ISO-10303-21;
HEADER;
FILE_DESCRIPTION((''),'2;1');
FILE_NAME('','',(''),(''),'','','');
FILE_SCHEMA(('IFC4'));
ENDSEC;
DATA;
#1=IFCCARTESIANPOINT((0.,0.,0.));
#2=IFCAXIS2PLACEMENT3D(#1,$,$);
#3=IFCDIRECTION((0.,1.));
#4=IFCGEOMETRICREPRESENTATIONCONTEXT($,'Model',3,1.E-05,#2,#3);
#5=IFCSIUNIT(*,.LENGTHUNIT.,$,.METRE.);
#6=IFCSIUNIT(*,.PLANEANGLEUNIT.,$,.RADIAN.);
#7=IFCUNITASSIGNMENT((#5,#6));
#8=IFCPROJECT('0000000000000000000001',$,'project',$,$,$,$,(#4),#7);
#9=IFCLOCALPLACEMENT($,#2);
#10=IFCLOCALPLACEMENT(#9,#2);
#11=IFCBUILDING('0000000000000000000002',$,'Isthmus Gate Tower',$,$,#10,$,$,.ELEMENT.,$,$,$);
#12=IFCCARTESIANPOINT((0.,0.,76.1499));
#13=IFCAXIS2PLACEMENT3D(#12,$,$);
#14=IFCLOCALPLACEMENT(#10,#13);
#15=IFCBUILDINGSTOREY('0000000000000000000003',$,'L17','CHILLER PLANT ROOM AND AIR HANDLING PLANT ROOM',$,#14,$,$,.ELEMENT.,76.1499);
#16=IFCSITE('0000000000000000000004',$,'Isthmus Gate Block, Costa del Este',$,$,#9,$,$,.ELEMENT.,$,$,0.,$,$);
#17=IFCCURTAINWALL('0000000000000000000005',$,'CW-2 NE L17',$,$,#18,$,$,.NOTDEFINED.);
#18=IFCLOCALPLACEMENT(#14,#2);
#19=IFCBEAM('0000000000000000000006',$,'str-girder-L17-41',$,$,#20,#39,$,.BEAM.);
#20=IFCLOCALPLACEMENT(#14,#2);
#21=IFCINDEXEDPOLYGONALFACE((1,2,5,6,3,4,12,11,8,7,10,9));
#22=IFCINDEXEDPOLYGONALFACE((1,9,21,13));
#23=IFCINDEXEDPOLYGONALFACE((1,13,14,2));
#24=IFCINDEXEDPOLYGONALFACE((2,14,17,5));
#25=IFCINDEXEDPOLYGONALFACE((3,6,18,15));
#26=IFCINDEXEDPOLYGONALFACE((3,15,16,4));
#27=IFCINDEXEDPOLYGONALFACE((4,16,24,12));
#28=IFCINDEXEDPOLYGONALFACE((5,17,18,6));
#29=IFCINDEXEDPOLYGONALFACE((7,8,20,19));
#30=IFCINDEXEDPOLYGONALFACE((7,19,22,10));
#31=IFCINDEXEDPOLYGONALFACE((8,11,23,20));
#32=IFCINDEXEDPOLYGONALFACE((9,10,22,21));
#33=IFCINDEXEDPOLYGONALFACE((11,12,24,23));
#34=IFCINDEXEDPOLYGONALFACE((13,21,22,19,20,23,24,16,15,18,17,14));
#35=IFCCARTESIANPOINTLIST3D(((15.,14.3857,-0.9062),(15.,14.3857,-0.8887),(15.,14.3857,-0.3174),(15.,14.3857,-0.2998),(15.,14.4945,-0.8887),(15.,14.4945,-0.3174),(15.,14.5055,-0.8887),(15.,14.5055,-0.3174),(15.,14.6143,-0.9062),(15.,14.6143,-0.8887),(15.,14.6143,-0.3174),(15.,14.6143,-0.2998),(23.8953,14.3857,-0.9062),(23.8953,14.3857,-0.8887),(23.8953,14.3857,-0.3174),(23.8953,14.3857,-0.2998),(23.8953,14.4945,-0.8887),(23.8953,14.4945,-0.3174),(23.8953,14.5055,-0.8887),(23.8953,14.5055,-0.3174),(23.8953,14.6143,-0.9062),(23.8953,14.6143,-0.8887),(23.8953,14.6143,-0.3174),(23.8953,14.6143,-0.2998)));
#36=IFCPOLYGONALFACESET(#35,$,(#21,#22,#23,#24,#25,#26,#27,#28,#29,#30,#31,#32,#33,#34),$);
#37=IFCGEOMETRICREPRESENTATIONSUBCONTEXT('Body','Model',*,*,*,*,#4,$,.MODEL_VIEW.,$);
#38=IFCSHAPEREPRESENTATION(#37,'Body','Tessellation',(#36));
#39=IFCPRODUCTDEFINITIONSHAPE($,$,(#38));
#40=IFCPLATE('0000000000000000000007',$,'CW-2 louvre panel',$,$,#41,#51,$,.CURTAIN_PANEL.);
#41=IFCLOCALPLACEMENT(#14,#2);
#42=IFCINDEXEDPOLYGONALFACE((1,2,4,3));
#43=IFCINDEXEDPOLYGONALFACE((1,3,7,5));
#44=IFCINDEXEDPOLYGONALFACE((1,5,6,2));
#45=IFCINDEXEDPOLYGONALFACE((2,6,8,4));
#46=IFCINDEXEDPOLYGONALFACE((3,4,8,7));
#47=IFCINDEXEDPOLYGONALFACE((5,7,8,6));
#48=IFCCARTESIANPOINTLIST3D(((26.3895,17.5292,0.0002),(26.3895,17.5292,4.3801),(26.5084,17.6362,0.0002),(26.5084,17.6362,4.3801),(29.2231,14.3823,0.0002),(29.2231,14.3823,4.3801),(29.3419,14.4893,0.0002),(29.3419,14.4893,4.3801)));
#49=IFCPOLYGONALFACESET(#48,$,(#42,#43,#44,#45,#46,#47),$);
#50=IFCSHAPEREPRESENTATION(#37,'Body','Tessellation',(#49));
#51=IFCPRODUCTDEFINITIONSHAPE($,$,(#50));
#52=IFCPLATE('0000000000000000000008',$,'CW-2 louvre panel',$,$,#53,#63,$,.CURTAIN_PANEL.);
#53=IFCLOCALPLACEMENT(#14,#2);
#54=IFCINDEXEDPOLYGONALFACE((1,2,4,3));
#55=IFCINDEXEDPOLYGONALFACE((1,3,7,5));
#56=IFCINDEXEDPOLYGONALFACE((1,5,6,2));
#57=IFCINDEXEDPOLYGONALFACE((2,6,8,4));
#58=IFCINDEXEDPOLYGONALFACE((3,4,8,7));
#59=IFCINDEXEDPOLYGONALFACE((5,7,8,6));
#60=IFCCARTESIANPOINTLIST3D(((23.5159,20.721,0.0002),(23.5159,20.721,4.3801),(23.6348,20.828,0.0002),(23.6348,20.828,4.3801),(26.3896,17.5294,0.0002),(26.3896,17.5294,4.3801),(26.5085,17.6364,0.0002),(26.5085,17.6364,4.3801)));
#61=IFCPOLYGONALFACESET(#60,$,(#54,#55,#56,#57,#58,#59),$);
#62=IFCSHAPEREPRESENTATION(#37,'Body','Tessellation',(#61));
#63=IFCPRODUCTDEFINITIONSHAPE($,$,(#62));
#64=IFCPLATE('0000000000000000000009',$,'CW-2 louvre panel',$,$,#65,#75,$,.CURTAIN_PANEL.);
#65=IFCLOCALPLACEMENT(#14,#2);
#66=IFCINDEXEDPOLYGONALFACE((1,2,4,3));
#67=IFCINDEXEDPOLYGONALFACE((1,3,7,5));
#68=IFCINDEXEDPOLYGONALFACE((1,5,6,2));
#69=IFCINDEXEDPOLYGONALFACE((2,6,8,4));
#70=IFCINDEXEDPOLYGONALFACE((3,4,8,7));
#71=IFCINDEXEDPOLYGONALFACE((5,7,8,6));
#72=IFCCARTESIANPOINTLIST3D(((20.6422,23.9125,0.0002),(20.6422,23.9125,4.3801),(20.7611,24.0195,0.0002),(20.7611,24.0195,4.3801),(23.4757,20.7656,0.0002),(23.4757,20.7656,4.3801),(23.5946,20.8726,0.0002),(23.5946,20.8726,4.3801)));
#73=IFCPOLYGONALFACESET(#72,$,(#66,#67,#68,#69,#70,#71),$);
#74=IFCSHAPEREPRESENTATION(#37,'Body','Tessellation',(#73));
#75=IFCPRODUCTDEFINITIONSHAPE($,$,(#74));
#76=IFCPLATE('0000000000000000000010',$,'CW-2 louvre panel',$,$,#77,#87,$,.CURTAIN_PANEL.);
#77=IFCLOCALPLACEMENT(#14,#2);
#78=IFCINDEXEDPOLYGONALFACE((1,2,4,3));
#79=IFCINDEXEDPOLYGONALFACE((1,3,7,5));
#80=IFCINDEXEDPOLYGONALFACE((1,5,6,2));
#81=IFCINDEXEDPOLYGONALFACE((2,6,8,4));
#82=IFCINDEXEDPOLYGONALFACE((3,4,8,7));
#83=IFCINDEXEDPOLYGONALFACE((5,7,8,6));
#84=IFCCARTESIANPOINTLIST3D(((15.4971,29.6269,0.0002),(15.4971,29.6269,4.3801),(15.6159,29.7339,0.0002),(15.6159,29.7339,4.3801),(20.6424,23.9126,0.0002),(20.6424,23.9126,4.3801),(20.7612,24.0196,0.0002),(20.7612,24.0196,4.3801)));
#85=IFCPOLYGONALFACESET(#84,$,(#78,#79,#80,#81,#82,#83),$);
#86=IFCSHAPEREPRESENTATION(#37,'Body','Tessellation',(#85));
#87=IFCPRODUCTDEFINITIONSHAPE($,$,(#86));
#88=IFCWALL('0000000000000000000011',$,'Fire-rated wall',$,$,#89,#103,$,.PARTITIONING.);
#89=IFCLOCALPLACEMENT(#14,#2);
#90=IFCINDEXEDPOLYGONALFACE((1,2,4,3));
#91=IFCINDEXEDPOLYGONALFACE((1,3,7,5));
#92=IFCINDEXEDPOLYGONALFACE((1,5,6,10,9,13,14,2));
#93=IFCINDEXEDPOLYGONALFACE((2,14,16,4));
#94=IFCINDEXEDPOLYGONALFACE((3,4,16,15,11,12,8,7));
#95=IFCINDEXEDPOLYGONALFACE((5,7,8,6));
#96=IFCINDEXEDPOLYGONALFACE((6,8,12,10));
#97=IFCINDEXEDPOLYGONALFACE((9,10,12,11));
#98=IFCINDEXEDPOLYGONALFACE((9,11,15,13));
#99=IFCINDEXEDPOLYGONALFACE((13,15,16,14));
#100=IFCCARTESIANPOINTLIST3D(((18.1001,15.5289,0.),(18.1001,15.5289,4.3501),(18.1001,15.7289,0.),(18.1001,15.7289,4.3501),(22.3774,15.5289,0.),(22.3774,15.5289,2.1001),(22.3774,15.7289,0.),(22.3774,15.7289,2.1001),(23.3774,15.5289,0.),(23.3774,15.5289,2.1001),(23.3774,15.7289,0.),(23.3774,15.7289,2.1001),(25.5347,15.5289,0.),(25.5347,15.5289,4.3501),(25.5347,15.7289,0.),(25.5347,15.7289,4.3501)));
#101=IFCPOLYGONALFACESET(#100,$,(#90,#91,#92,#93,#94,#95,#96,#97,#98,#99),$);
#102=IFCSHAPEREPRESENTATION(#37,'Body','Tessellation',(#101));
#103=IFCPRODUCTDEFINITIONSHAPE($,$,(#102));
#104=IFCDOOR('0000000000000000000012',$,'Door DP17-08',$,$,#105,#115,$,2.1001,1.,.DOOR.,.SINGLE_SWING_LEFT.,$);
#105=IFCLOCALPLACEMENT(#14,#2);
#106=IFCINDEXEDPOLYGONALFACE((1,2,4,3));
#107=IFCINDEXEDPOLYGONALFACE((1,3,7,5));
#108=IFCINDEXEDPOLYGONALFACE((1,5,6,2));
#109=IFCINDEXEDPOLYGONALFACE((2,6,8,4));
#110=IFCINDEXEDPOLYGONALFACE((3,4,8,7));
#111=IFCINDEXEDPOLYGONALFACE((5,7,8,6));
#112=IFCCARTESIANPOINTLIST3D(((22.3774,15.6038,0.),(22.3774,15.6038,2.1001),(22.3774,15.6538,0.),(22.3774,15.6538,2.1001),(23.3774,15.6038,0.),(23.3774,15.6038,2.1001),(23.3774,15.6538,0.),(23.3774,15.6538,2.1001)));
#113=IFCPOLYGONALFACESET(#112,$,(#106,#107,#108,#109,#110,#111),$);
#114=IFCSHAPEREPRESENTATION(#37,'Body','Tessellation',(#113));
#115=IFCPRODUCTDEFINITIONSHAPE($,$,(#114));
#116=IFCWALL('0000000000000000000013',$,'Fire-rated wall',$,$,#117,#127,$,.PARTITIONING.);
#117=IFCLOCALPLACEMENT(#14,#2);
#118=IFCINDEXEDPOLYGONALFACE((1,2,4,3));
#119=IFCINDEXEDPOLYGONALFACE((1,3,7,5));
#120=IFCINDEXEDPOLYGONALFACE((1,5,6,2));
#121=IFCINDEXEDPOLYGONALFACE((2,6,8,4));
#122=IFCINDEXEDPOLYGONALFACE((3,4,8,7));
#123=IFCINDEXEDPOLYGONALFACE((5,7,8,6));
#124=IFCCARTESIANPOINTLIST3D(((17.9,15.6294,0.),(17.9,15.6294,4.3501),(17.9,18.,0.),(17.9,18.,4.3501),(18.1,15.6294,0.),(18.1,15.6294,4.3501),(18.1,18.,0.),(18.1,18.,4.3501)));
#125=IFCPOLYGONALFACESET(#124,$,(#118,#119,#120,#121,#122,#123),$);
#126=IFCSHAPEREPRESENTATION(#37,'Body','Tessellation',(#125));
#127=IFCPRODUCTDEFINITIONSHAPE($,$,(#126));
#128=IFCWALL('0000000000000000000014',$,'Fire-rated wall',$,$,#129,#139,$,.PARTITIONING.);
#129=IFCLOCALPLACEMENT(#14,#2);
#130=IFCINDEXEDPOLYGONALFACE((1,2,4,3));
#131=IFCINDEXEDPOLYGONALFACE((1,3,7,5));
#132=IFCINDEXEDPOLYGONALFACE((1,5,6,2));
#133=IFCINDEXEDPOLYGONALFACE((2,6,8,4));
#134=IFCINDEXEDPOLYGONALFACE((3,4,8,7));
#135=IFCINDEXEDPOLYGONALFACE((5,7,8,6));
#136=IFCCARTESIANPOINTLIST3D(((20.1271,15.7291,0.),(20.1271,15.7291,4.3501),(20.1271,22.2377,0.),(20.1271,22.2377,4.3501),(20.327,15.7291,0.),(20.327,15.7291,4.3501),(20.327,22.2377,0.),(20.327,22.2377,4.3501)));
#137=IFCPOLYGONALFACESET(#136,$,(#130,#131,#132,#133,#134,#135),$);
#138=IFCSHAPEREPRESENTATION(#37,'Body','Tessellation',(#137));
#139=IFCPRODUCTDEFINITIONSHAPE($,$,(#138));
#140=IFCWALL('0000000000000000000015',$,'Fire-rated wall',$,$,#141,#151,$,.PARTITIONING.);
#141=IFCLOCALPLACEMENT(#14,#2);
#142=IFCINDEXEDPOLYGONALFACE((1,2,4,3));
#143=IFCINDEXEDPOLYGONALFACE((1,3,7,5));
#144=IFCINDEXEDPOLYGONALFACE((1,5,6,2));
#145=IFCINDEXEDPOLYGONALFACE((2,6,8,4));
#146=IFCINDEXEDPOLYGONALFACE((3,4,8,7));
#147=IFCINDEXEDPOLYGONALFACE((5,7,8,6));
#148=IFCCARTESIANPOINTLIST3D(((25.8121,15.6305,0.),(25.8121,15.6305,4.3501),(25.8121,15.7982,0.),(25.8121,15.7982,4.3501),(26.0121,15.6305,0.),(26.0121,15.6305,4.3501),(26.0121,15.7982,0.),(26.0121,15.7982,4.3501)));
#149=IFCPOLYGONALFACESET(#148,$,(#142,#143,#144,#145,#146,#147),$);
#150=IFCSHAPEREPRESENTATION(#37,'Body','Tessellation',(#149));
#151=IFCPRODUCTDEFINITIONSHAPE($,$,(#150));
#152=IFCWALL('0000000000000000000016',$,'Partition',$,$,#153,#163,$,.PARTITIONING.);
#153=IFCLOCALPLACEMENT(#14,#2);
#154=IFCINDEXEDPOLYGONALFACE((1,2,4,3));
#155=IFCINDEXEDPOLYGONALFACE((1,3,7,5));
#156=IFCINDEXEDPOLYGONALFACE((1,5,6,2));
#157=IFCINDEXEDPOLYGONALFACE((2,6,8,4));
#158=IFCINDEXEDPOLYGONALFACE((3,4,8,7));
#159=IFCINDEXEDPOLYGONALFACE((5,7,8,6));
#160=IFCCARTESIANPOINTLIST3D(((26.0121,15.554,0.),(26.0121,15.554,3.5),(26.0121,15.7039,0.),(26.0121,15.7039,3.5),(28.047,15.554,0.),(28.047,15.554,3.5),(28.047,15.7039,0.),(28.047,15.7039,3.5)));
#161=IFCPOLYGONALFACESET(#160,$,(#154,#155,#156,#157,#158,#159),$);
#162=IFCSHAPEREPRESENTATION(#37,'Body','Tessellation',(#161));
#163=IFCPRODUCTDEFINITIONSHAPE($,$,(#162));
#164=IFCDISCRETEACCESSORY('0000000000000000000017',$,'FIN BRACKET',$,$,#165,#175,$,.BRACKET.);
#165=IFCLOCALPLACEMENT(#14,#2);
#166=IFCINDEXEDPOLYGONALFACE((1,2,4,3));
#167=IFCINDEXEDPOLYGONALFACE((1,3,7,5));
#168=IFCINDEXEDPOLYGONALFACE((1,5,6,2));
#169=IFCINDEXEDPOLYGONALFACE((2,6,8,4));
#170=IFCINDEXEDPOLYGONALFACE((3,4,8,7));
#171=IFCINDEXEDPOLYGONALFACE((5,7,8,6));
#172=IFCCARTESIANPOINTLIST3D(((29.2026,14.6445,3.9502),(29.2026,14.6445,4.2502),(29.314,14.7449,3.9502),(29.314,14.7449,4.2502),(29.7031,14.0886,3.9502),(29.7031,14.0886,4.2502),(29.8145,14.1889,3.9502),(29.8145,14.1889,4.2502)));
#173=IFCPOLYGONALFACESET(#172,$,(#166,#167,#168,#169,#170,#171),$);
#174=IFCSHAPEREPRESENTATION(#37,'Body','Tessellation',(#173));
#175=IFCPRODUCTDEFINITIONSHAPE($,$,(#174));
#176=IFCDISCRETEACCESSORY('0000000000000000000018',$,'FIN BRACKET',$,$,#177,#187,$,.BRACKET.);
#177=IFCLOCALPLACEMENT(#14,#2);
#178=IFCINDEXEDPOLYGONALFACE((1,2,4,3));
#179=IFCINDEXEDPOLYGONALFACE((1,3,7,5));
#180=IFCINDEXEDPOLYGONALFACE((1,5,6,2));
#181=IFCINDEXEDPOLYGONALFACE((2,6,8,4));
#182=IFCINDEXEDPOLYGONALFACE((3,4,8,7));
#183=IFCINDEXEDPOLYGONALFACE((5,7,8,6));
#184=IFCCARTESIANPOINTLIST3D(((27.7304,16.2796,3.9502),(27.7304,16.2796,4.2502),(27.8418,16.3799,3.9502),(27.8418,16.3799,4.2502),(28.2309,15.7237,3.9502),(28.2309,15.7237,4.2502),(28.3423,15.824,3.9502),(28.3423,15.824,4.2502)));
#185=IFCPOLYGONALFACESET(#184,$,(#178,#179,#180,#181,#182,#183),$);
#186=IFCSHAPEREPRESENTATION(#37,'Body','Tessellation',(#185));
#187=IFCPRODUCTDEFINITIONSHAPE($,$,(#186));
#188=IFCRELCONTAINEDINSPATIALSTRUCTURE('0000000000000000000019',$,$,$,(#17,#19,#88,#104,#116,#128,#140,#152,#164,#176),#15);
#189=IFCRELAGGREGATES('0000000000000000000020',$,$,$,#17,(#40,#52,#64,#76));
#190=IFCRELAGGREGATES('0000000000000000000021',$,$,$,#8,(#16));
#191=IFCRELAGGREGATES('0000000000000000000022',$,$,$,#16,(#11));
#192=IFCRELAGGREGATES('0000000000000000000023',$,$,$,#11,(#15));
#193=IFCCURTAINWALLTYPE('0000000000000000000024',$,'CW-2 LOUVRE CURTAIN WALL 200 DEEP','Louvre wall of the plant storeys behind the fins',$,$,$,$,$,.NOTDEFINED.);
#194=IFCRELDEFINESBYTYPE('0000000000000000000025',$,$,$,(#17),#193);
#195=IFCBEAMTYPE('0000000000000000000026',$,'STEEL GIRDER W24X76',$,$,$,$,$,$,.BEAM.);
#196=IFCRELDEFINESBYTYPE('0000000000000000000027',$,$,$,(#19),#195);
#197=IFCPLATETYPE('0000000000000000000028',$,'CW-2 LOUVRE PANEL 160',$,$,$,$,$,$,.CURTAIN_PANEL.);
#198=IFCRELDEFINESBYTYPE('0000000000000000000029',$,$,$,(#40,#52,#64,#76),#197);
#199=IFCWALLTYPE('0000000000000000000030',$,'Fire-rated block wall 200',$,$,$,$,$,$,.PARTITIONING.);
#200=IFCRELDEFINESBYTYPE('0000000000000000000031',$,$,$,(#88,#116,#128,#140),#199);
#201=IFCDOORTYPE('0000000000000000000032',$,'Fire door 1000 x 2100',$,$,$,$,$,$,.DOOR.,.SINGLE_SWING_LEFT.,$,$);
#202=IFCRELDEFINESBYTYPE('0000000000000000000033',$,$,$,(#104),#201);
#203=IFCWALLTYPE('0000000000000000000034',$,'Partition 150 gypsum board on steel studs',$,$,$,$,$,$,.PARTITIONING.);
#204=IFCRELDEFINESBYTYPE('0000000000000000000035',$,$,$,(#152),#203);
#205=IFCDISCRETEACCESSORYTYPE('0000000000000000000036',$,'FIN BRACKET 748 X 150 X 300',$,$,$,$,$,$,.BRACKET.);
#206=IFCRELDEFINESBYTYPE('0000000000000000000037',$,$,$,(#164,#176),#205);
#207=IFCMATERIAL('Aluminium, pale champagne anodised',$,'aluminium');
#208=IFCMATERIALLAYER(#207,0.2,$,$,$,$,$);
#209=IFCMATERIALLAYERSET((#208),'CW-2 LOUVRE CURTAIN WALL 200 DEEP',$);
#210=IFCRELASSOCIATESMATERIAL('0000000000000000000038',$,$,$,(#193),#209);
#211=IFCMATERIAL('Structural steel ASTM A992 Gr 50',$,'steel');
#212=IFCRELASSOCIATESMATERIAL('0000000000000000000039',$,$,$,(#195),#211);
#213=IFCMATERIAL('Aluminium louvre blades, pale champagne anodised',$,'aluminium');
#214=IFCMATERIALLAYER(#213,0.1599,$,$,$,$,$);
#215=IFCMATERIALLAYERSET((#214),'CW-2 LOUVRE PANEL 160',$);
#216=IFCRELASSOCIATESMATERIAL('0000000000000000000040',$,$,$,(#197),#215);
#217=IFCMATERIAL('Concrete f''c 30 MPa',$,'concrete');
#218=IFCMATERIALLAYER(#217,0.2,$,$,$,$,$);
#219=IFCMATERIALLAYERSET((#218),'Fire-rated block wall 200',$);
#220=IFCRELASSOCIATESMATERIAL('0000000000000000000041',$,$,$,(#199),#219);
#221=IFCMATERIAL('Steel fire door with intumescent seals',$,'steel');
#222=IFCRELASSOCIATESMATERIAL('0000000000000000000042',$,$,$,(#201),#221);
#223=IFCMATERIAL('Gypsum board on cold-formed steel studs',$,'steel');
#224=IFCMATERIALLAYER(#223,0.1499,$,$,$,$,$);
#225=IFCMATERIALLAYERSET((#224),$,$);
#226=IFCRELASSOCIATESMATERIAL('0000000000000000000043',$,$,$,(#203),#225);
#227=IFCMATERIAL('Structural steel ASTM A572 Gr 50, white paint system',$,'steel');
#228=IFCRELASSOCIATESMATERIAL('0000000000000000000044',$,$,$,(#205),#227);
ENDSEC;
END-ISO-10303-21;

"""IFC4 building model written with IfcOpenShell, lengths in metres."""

from ifc_helpers import new_model, si_unit, direction, frame, frame_2d, origin, origin_2d, place, context, subcontext, project, spatial, rectangle, i_section, extrude, material, layer, layer_set, material_profile, profile_set, type_object, element, fill, aggregate, save


model = new_model("IFC4")

# Units and contexts
model_context = context("Model", 3, precision=1e-05, world=origin(), true_north=direction((0.0, 1.0)))
body_context = subcontext(model_context, "Body", "Model", "MODEL_VIEW")
ifc_project = project(units=[si_unit("LENGTHUNIT", "METRE"), si_unit("PLANEANGLEUNIT", "RADIAN")], contexts=[model_context])

# Site, building, storey
site_placement = place(None, origin())
site = spatial("IfcSite", under=ifc_project, at=site_placement, Name="Isthmus Gate Block, Costa del Este", CompositionType="ELEMENT", RefElevation=0.0)
building_placement = place(site_placement, origin())
building = spatial("IfcBuilding", under=site, at=building_placement, Name="Isthmus Gate Tower", CompositionType="ELEMENT")
storey_placement = place(building_placement, frame((0.0, 0.0, 76.1499)))
storey = spatial("IfcBuildingStorey", under=building, at=storey_placement, Name="L17", Description="CHILLER PLANT ROOM AND AIR HANDLING PLANT ROOM", CompositionType="ELEMENT", Elevation=76.1499)

# Curtain wall
ifc_material_1 = material(Name="Aluminium, pale champagne anodised", Category="aluminium")
ifc_layer_1 = layer(ifc_material_1, 0.2)
ifc_layer_set_1 = layer_set([ifc_layer_1], Name="CW-2 LOUVRE CURTAIN WALL 200 DEEP")
curtain_wall_type = type_object("IfcCurtainWallType", Name="CW-2 LOUVRE CURTAIN WALL 200 DEEP", Description="Louvre wall of the plant storeys behind the fins", PredefinedType="NOTDEFINED", material=ifc_layer_set_1)
curtain_wall_1_placement = place(storey_placement, origin())
curtain_wall_1 = element("IfcCurtainWall", 1, at=curtain_wall_1_placement, inside=storey, type_object=curtain_wall_type, Name="CW-2 NE L17", PredefinedType="NOTDEFINED")

# Beam
ifc_material_2 = material(Name="Structural steel ASTM A992 Gr 50", Category="steel")
ifc_material_profile_1 = material_profile(ifc_material_2, i_section(OverallWidth=0.2285, OverallDepth=0.6064, WebThickness=0.011, FlangeThickness=0.0176, at=origin_2d()), Name="W24X76")
ifc_profile_set_1 = profile_set([ifc_material_profile_1], Name="Structural steel ASTM A992 Gr 50")
beam_type_1 = type_object("IfcBeamType", Name="STEEL GIRDER W24X76", PredefinedType="BEAM", material=ifc_profile_set_1)
beam_1_placement = place(storey_placement, frame((15.0, 14.5, -0.603), z_axis=(1.0, 0.0, 0.0), x_axis=(0.0, 1.0, 0.0)))
element("IfcBeam", 2, at=beam_1_placement, inside=storey, type_object=beam_type_1, Name="str-girder-L17-41", PredefinedType="BEAM", context=body_context, shape_type="SweptSolid", body=[
    extrude(i_section(OverallWidth=0.2285, OverallDepth=0.6064, WebThickness=0.011, FlangeThickness=0.0176, at=origin_2d()), origin(), (0.0, 0.0, 1.0), 8.8953),
])

# Plates
ifc_material_3 = material(Name="Aluminium louvre blades, pale champagne anodised", Category="aluminium")
ifc_layer_2 = layer(ifc_material_3, 0.1599)
ifc_layer_set_2 = layer_set([ifc_layer_2], Name="CW-2 LOUVRE PANEL 160")
plate_type = type_object("IfcPlateType", Name="CW-2 LOUVRE PANEL 160", PredefinedType="CURTAIN_PANEL", material=ifc_layer_set_2)
plate_1_placement = place(storey_placement, frame((27.8657, 16.0093, 0.0002), z_axis=(0.0, 0.0, 1.0), x_axis=(-0.669131, 0.743145, 0.0)))
plate_1 = element("IfcPlate", 3, at=plate_1_placement, type_object=plate_type, Name="CW-2 louvre panel", PredefinedType="CURTAIN_PANEL", context=body_context, shape_type="SweptSolid", body=[
    extrude(rectangle(XDim=4.2346, YDim=0.1599, at=origin_2d()), origin(), (0.0, 0.0, 1.0), 4.3799),
])
plate_2_placement = place(storey_placement, frame((25.0122, 19.1787, 0.0002), z_axis=(0.0, 0.0, 1.0), x_axis=(-0.669131, 0.743145, 0.0)))
plate_2 = element("IfcPlate", 4, at=plate_2_placement, type_object=plate_type, Name="CW-2 louvre panel", PredefinedType="CURTAIN_PANEL", context=body_context, shape_type="SweptSolid", body=[
    extrude(rectangle(XDim=4.2947, YDim=0.1599, at=origin_2d()), origin(), (0.0, 0.0, 1.0), 4.3799),
])
plate_3_placement = place(storey_placement, frame((22.1184, 22.3926, 0.0002), z_axis=(0.0, 0.0, 1.0), x_axis=(-0.669131, 0.743145, 0.0)))
plate_3 = element("IfcPlate", 5, at=plate_3_placement, type_object=plate_type, Name="CW-2 louvre panel", PredefinedType="CURTAIN_PANEL", context=body_context, shape_type="SweptSolid", body=[
    extrude(rectangle(XDim=4.2346, YDim=0.1599, at=origin_2d()), origin(), (0.0, 0.0, 1.0), 4.3799),
])
plate_4_placement = place(storey_placement, frame((18.1292, 26.8232, 0.0002), z_axis=(0.0, 0.0, 1.0), x_axis=(-0.669131, 0.743145, 0.0)))
plate_4 = element("IfcPlate", 6, at=plate_4_placement, type_object=plate_type, Name="CW-2 louvre panel", PredefinedType="CURTAIN_PANEL", context=body_context, shape_type="SweptSolid", body=[
    extrude(rectangle(XDim=7.6895, YDim=0.1599, at=origin_2d()), origin(), (0.0, 0.0, 1.0), 4.3799),
])
aggregate(curtain_wall_1, [plate_1, plate_2, plate_3, plate_4])

# Wall, opening, door
ifc_material_4 = material(Name="Concrete f'c 30 MPa", Category="concrete")
ifc_layer_3 = layer(ifc_material_4, 0.2)
ifc_layer_set_3 = layer_set([ifc_layer_3], Name="Fire-rated block wall 200")
wall_type_1 = type_object("IfcWallType", Name="Fire-rated block wall 200", PredefinedType="PARTITIONING", material=ifc_layer_set_3)
wall_1_placement = place(storey_placement, frame((18.1001, 15.6289, 0.0), z_axis=(0.0, 0.0, 1.0), x_axis=(1.0, 0.0, 0.0)))
wall_1 = element("IfcWall", 7, at=wall_1_placement, inside=storey, type_object=wall_type_1, Name="Fire-rated wall", PredefinedType="PARTITIONING", context=body_context, shape_type="SweptSolid", body=[
    extrude(rectangle(XDim=7.4346, YDim=0.2, at=frame_2d((3.7173, 0.0))), origin(), (0.0, 0.0, 1.0), 4.3501),
])
opening_placement = place(wall_1_placement, frame((4.2773, 0.0, 0.0)))
opening = element("IfcOpeningElement", 8, at=opening_placement, cuts=wall_1, PredefinedType="OPENING", context=body_context, shape_type="SweptSolid", body=[
    extrude(rectangle(XDim=1.0, YDim=2.1001, at=frame_2d((0.5, 1.05))), frame((0.0, 0.1099, 0.0), z_axis=(0.0, -1.0, 0.0), x_axis=(1.0, 0.0, 0.0)), (0.0, 0.0, 1.0), 0.22),
])
ifc_material_5 = material(Name="Steel fire door with intumescent seals", Category="steel")
door_type = type_object("IfcDoorType", Name="Fire door 1000 x 2100", OperationType="SINGLE_SWING_LEFT", PredefinedType="DOOR", material=ifc_material_5)
door_placement = place(opening_placement, origin())
door = element("IfcDoor", 9, at=door_placement, inside=storey, type_object=door_type, Name="Door DP17-08", OperationType="SINGLE_SWING_LEFT", OverallHeight=2.1001, OverallWidth=1.0, PredefinedType="DOOR", context=body_context, shape_type="SweptSolid", body=[
    extrude(rectangle(XDim=1.0, YDim=2.1001, at=frame_2d((0.5, 1.05))), frame((0.0, 0.0249, 0.0), z_axis=(0.0, -1.0, 0.0), x_axis=(1.0, 0.0, 0.0)), (0.0, 0.0, 1.0), 0.05),
])
fill(opening, door)

# Walls
wall_2_placement = place(storey_placement, frame((18.0, 15.6294, 0.0), z_axis=(0.0, 0.0, 1.0), x_axis=(0.0, 1.0, 0.0)))
element("IfcWall", 10, at=wall_2_placement, inside=storey, type_object=wall_type_1, Name="Fire-rated wall", PredefinedType="PARTITIONING", context=body_context, shape_type="SweptSolid", body=[
    extrude(rectangle(XDim=2.3706, YDim=0.2, at=frame_2d((1.1853, 0.0))), origin(), (0.0, 0.0, 1.0), 4.3501),
])
wall_3_placement = place(storey_placement, frame((20.2271, 15.729, 0.0), z_axis=(0.0, 0.0, 1.0), x_axis=(0.0, 1.0, 0.0)))
element("IfcWall", 11, at=wall_3_placement, inside=storey, type_object=wall_type_1, Name="Fire-rated wall", PredefinedType="PARTITIONING", context=body_context, shape_type="SweptSolid", body=[
    extrude(rectangle(XDim=6.5085, YDim=0.2, at=frame_2d((3.2544, 0.0))), origin(), (0.0, 0.0, 1.0), 4.3501),
])
wall_4_placement = place(storey_placement, frame((25.9121, 15.6304, 0.0), z_axis=(0.0, 0.0, 1.0), x_axis=(0.0, 1.0, 0.0)))
element("IfcWall", 12, at=wall_4_placement, inside=storey, type_object=wall_type_1, Name="Fire-rated wall", PredefinedType="PARTITIONING", context=body_context, shape_type="SweptSolid", body=[
    extrude(rectangle(XDim=0.1677, YDim=0.2, at=frame_2d((0.084, 0.0))), origin(), (0.0, 0.0, 1.0), 4.3501),
])
ifc_material_6 = material(Name="Gypsum board on cold-formed steel studs", Category="steel")
ifc_layer_4 = layer(ifc_material_6, 0.1499)
ifc_layer_set_4 = layer_set([ifc_layer_4])
wall_type_2 = type_object("IfcWallType", Name="Partition 150 gypsum board on steel studs", PredefinedType="PARTITIONING", material=ifc_layer_set_4)
wall_5_placement = place(storey_placement, frame((26.012, 15.6289, 0.0), z_axis=(0.0, 0.0, 1.0), x_axis=(1.0, 0.0, 0.0)))
element("IfcWall", 13, at=wall_5_placement, inside=storey, type_object=wall_type_2, Name="Partition", PredefinedType="PARTITIONING", context=body_context, shape_type="SweptSolid", body=[
    extrude(rectangle(XDim=2.0349, YDim=0.1499, at=frame_2d((1.0176, 0.0))), origin(), (0.0, 0.0, 1.0), 3.5),
])

# Discrete accessories
ifc_material_7 = material(Name="Structural steel ASTM A572 Gr 50, white paint system", Category="steel")
discrete_accessory_type = type_object("IfcDiscreteAccessoryType", Name="FIN BRACKET 748 X 150 X 300", PredefinedType="BRACKET", material=ifc_material_7)
for number, where, z_axis, x_axis, name in (
    (14, (29.5085, 14.4167, 3.9502), (0.0, 0.0, 1.0), (0.743145, 0.669131, 0.0), "FIN BRACKET"),
    (15, (28.0364, 16.0518, 3.9502), (0.0, 0.0, 1.0), (0.743145, 0.669131, 0.0), "FIN BRACKET"),
):
    element("IfcDiscreteAccessory", number, at=place(storey_placement, frame(where, z_axis=z_axis, x_axis=x_axis)), inside=storey, type_object=discrete_accessory_type, Name=name, PredefinedType="BRACKET", context=body_context, shape_type="SweptSolid", body=[
        extrude(rectangle(XDim=0.1499, YDim=0.748, at=origin_2d()), origin(), (0.0, 0.0, 1.0), 0.3),
    ])

save(model, "model.ifc")
